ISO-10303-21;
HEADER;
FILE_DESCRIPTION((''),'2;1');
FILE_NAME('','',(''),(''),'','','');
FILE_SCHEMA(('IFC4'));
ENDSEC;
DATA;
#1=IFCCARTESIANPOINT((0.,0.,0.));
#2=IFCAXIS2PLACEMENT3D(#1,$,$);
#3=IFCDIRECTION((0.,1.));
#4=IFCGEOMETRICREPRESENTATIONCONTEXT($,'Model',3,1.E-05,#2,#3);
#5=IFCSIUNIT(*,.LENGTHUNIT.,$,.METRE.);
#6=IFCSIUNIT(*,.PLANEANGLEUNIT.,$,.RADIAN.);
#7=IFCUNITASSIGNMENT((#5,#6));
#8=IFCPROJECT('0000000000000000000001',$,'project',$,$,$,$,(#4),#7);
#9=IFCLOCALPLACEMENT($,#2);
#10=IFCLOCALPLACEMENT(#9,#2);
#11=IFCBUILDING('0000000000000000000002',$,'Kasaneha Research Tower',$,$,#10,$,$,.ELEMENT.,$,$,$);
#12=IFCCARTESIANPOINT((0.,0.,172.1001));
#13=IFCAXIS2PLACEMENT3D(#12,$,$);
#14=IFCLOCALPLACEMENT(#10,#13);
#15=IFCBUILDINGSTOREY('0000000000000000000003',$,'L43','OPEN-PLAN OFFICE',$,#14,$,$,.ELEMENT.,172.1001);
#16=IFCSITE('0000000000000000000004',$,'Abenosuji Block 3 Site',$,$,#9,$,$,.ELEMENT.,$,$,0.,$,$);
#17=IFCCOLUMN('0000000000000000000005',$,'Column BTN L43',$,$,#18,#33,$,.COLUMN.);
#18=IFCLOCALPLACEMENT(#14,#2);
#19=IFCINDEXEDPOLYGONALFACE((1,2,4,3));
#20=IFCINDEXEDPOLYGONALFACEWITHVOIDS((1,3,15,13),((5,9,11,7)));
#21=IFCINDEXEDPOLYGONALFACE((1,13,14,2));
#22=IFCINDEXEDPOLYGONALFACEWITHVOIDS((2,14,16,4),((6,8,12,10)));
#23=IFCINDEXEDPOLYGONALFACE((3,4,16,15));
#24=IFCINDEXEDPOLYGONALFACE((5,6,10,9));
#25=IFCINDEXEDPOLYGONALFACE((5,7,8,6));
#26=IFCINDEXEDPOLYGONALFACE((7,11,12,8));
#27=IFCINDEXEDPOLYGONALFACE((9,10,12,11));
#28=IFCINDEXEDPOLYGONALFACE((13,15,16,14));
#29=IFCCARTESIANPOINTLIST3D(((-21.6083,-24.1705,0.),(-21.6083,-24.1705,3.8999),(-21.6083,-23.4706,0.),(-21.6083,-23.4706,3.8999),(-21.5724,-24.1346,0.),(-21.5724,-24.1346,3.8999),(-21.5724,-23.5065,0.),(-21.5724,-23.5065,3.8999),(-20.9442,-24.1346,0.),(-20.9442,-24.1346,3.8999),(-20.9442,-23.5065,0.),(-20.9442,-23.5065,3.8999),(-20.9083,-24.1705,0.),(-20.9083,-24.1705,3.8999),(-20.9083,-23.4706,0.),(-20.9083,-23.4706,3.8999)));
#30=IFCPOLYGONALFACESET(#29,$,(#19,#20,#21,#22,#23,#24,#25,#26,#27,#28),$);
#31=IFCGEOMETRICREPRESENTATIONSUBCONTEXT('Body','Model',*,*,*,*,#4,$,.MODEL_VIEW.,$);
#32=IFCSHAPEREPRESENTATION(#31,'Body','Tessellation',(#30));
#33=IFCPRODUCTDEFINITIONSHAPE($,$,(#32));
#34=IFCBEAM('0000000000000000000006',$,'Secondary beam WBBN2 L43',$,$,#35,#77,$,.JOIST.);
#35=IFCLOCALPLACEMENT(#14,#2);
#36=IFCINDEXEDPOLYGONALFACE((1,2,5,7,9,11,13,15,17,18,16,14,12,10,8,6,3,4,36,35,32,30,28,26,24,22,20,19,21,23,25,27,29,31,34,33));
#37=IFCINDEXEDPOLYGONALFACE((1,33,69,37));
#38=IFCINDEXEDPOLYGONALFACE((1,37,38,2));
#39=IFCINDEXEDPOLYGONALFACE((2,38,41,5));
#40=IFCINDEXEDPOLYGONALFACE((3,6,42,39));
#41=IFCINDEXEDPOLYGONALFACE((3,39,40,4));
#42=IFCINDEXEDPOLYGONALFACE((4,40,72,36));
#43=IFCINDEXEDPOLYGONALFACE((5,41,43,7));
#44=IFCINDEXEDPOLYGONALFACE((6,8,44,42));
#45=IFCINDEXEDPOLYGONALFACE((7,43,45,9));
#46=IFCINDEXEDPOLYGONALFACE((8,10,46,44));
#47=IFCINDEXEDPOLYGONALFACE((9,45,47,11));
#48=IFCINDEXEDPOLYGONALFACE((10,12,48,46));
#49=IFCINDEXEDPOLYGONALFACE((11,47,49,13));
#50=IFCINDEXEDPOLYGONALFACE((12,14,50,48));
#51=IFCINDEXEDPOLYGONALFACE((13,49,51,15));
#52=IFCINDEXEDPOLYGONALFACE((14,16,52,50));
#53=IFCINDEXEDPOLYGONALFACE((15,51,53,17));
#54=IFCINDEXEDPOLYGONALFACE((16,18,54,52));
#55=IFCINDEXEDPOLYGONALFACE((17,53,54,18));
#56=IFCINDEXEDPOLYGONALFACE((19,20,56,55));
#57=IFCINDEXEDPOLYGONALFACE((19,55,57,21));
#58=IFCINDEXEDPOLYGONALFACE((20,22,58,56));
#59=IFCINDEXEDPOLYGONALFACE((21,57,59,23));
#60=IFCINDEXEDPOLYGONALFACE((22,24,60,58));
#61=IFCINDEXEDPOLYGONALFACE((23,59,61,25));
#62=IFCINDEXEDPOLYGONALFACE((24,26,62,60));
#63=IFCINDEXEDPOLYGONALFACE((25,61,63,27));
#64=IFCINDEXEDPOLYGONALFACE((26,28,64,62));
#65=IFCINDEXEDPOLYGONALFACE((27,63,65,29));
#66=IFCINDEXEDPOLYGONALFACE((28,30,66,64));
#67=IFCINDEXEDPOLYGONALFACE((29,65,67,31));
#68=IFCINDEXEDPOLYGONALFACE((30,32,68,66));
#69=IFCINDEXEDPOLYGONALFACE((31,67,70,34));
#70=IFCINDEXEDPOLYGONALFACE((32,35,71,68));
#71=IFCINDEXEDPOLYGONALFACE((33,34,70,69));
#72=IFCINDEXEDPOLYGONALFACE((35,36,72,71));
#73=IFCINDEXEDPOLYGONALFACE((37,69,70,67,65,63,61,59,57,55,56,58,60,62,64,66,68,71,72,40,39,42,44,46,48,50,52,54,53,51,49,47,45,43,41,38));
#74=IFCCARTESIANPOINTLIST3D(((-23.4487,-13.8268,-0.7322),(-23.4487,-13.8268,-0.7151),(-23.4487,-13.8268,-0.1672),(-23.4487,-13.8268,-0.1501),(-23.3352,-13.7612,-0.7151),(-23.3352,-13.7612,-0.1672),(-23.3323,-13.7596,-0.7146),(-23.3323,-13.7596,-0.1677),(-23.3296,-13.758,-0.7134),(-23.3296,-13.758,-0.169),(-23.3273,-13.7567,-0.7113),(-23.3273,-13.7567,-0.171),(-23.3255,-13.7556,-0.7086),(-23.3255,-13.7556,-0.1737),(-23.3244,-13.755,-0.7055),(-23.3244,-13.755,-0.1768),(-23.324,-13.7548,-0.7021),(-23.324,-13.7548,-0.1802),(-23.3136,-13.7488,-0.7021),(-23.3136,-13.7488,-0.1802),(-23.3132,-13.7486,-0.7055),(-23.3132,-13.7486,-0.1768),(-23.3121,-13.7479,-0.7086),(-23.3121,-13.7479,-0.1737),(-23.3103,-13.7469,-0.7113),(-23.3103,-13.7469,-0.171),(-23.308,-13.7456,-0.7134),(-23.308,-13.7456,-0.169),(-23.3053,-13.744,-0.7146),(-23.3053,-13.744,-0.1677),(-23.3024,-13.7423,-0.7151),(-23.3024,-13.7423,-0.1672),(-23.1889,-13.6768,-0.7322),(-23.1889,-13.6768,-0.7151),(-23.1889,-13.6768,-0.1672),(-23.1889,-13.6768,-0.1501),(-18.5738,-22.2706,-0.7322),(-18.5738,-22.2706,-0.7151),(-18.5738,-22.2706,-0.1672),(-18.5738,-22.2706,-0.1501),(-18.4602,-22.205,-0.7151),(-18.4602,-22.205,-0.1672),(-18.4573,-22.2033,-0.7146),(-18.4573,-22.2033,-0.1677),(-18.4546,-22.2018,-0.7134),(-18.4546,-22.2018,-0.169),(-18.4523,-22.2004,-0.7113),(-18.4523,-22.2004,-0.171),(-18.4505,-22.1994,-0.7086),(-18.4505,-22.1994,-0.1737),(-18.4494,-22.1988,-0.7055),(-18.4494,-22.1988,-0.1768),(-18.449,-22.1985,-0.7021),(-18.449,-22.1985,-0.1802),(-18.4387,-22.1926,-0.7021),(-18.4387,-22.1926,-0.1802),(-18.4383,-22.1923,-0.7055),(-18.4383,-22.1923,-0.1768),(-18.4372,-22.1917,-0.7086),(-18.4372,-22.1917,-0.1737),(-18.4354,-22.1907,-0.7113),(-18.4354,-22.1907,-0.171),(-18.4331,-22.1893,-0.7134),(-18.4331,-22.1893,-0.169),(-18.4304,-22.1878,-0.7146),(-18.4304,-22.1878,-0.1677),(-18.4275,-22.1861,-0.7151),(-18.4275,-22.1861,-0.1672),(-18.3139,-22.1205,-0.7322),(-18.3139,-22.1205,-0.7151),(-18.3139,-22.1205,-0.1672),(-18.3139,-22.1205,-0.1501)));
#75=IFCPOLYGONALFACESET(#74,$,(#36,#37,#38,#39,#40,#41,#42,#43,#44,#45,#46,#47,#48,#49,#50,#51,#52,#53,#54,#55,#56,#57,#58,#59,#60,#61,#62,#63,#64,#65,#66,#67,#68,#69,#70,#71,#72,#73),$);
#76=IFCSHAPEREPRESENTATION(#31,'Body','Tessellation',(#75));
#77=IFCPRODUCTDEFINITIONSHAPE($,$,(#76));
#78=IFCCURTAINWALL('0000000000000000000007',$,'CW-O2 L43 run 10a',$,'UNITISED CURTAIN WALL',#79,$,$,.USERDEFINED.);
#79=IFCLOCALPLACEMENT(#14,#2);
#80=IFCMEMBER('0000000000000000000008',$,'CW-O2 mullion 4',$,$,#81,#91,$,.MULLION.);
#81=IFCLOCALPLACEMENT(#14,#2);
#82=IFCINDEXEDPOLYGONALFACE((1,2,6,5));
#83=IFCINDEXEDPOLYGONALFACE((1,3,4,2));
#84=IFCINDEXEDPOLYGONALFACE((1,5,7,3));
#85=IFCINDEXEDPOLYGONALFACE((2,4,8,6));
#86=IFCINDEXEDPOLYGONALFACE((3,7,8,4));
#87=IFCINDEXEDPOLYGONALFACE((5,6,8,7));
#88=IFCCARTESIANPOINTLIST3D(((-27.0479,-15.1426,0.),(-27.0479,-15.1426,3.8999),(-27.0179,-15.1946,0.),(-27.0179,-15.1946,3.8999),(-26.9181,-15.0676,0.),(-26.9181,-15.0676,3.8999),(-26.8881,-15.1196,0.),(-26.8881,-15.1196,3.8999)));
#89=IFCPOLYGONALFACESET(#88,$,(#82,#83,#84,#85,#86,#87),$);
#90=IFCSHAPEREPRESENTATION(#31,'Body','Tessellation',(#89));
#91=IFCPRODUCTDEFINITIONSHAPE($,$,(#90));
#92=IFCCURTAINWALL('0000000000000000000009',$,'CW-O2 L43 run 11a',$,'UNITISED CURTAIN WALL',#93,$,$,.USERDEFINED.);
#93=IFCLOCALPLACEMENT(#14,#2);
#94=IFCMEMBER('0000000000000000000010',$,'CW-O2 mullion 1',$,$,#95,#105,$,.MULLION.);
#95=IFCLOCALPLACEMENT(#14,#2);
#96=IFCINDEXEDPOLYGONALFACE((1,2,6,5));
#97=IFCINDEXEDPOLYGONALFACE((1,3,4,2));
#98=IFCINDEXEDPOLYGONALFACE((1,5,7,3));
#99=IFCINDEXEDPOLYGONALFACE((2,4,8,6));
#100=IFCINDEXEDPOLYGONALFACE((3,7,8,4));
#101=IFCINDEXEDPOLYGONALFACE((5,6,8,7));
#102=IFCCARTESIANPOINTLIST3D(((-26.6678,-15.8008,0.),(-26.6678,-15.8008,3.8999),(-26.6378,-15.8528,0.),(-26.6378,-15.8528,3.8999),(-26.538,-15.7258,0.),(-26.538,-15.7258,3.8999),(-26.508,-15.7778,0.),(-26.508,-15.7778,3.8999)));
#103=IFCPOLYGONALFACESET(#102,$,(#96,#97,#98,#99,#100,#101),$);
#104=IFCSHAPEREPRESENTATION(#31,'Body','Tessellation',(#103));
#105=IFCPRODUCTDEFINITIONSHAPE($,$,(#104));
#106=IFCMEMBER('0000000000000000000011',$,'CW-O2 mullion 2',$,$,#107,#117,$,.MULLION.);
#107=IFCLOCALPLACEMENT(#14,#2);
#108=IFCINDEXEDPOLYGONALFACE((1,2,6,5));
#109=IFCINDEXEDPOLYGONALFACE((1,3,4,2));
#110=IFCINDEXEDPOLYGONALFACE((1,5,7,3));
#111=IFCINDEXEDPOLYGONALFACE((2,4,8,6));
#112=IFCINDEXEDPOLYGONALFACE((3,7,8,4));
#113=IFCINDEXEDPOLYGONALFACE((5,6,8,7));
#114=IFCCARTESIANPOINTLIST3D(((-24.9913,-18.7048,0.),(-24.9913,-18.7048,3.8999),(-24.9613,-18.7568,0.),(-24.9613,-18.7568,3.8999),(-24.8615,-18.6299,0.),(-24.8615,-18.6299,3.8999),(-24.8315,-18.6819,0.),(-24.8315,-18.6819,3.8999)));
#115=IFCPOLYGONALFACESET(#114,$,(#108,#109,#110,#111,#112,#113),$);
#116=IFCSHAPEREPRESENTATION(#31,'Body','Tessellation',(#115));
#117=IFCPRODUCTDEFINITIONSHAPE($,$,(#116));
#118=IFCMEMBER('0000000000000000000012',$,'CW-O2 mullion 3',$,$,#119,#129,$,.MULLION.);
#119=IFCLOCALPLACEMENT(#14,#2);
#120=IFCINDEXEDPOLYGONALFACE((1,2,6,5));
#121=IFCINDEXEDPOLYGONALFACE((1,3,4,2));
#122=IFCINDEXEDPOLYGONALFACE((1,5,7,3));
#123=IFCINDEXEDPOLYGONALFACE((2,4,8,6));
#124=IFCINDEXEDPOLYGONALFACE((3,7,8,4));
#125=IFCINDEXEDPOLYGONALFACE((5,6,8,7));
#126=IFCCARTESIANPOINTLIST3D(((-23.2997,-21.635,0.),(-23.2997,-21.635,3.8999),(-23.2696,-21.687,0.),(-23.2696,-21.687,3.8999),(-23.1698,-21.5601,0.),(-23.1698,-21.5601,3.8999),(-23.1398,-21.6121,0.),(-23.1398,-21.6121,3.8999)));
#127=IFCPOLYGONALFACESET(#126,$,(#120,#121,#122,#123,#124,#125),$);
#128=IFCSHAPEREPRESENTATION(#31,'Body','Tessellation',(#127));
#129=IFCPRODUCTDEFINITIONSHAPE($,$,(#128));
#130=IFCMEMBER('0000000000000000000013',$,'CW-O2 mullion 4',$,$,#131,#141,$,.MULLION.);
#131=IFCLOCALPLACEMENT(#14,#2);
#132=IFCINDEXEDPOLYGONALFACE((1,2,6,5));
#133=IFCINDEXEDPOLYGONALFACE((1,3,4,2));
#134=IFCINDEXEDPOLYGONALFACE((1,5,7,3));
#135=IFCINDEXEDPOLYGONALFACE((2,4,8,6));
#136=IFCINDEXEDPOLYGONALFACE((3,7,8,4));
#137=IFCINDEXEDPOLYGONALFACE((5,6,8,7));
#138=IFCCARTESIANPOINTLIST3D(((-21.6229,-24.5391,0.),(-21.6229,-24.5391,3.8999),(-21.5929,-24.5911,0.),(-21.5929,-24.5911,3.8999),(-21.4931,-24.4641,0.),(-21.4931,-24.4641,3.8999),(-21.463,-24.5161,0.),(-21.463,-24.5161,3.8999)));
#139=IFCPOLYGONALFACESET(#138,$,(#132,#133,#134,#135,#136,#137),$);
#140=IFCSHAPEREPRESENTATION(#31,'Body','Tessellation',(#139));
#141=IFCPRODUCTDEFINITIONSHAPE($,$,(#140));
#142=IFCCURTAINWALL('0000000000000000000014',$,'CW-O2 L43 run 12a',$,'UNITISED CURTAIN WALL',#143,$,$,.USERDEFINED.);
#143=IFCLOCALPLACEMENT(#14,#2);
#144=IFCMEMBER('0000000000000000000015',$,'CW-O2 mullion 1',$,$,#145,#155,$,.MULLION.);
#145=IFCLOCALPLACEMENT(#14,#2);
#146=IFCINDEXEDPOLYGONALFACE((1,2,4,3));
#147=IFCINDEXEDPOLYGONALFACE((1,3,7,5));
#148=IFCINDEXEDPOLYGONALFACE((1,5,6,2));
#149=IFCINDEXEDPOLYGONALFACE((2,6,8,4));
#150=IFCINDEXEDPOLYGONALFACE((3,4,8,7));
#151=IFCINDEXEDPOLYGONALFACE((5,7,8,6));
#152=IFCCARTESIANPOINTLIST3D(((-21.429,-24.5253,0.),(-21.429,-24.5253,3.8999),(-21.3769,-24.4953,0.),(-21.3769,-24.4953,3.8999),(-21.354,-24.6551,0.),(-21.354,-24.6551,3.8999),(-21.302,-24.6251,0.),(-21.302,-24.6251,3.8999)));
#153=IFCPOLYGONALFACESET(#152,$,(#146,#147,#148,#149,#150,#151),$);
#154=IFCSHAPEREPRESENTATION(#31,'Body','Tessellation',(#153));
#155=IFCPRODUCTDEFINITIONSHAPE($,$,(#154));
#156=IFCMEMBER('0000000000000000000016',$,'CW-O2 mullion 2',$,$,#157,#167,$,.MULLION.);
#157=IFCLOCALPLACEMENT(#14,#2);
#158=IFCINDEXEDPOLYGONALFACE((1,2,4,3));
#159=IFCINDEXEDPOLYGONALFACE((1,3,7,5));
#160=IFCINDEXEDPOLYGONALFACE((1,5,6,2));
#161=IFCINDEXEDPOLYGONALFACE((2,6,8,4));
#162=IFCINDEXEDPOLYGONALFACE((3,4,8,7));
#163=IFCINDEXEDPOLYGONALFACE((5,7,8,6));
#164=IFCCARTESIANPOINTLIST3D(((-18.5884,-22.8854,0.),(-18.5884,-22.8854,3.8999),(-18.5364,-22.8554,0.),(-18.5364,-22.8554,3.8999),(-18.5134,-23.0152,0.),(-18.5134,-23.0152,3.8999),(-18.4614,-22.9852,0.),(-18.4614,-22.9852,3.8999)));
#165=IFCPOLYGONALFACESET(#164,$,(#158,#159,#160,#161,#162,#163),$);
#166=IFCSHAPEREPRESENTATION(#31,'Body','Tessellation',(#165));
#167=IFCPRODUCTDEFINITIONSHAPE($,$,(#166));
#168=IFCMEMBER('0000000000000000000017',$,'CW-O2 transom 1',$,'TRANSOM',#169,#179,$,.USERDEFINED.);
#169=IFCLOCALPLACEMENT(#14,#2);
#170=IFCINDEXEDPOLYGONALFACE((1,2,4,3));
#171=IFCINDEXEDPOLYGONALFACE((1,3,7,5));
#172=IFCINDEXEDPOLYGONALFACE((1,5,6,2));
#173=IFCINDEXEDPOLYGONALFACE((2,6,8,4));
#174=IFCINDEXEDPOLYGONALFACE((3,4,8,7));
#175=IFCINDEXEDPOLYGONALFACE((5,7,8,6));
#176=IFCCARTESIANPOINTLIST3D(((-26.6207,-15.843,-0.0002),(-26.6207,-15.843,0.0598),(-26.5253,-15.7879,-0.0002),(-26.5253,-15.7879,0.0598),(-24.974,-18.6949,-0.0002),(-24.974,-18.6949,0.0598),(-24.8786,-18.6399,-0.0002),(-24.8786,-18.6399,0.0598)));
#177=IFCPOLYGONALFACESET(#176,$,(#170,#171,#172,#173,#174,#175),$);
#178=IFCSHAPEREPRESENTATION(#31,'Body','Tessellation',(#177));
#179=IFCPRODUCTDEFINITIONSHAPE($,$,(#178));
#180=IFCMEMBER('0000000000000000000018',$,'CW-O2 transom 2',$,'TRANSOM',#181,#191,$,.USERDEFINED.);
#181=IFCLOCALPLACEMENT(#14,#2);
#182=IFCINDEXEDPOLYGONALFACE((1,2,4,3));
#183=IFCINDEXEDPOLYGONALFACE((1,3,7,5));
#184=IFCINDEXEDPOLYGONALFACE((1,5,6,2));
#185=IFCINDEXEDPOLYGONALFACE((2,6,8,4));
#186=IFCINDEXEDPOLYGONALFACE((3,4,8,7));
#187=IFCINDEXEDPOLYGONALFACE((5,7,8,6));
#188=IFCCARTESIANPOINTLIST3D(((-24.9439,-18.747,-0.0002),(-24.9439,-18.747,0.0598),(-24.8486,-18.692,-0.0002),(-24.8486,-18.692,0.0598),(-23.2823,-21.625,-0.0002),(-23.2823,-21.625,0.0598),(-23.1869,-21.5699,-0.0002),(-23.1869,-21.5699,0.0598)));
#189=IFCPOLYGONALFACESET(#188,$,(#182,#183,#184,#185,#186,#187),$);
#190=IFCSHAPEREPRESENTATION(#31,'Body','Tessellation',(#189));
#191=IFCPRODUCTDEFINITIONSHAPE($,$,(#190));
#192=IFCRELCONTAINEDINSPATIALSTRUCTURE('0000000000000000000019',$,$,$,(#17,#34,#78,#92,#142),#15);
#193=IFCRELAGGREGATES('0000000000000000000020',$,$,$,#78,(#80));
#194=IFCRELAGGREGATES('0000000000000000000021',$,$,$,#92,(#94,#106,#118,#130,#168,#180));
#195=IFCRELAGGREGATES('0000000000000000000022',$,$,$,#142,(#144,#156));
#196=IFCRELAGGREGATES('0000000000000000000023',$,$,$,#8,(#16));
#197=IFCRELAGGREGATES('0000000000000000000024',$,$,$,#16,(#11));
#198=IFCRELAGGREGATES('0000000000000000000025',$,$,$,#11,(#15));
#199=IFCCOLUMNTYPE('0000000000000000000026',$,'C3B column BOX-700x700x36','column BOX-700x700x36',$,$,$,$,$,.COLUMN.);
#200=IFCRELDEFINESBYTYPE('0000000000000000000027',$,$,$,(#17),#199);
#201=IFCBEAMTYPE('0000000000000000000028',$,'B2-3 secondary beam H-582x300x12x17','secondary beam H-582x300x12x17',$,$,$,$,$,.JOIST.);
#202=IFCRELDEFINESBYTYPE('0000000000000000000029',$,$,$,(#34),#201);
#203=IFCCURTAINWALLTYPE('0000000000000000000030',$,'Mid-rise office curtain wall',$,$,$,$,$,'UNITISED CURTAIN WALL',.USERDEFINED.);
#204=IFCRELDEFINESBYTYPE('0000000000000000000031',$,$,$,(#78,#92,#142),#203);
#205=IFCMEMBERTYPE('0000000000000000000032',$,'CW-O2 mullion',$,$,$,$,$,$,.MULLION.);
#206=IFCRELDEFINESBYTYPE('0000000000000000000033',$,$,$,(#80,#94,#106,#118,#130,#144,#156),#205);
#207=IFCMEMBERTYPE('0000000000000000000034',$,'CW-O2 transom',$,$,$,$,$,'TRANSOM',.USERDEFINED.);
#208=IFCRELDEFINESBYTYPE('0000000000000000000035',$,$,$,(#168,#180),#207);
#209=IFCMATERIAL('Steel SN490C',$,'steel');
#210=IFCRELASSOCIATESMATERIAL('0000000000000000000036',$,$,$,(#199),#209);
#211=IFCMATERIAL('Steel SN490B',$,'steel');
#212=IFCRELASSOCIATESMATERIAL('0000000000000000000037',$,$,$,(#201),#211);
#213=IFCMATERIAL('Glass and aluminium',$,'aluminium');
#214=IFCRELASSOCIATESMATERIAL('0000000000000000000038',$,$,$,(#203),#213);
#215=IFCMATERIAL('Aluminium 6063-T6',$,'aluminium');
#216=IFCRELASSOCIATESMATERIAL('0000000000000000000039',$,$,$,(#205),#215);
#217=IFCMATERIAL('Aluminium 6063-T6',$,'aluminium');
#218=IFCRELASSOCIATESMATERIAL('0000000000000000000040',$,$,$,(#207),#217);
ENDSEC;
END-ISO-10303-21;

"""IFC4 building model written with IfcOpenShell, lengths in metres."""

from ifc_helpers import new_model, si_unit, direction, frame, origin, origin_2d, place, context, subcontext, project, spatial, rectangle, hollow_rectangle, i_section, extrude, material, material_profile, profile_set, type_object, element, aggregate, save


model = new_model("IFC4")

# Units and contexts
model_context = context("Model", 3, precision=1e-05, world=origin(), true_north=direction((0.0, 1.0)))
body_context = subcontext(model_context, "Body", "Model", "MODEL_VIEW")
ifc_project = project(units=[si_unit("LENGTHUNIT", "METRE"), si_unit("PLANEANGLEUNIT", "RADIAN")], contexts=[model_context])

# Site, building, storey
site_placement = place(None, origin())
site = spatial("IfcSite", under=ifc_project, at=site_placement, Name="Abenosuji Block 3 Site", CompositionType="ELEMENT", RefElevation=0.0)
building_placement = place(site_placement, origin())
building = spatial("IfcBuilding", under=site, at=building_placement, Name="Kasaneha Research Tower", CompositionType="ELEMENT")
storey_placement = place(building_placement, frame((0.0, 0.0, 172.1001)))
storey = spatial("IfcBuildingStorey", under=building, at=storey_placement, Name="L43", Description="OPEN-PLAN OFFICE", CompositionType="ELEMENT", Elevation=172.1001)

# Column
ifc_material_1 = material(Name="Steel SN490C", Category="steel")
ifc_material_profile_1 = material_profile(ifc_material_1, hollow_rectangle(XDim=0.7, YDim=0.7, WallThickness=0.0359, at=origin_2d()), Name="BOX-700x700x36")
ifc_profile_set_1 = profile_set([ifc_material_profile_1], Name="Steel SN490C")
column_type = type_object("IfcColumnType", Name="C3B column BOX-700x700x36", Description="column BOX-700x700x36", PredefinedType="COLUMN", material=ifc_profile_set_1)
column_placement = place(storey_placement, frame((-21.2583, -23.8206, 0.0), z_axis=(0.0, 0.0, 1.0), x_axis=(1.0, 0.0, 0.0)))
element("IfcColumn", 1, at=column_placement, inside=storey, type_object=column_type, Name="Column BTN L43", PredefinedType="COLUMN", context=body_context, shape_type="SweptSolid", body=[
    extrude(hollow_rectangle(XDim=0.7, YDim=0.7, WallThickness=0.0359, at=origin_2d()), origin(), (0.0, 0.0, 1.0), 3.8999),
])

# Beam
ifc_material_2 = material(Name="Steel SN490B", Category="steel")
ifc_material_profile_2 = material_profile(ifc_material_2, i_section(OverallWidth=0.3, OverallDepth=0.582, WebThickness=0.012, FlangeThickness=0.0171, FilletRadius=0.0129, at=origin_2d()), Name="H-582x300x12x17")
ifc_profile_set_2 = profile_set([ifc_material_profile_2], Name="Steel SN490B")
beam_type_1 = type_object("IfcBeamType", Name="B2-3 secondary beam H-582x300x12x17", Description="secondary beam H-582x300x12x17", PredefinedType="JOIST", material=ifc_profile_set_2)
beam_1_placement = place(storey_placement, frame((-18.4438, -22.1956, -0.4412), z_axis=(-0.499996, 0.866028, 0.0), x_axis=(-0.866028, -0.499996, 0.0)))
element("IfcBeam", 2, at=beam_1_placement, inside=storey, type_object=beam_type_1, Name="Secondary beam WBBN2 L43", PredefinedType="JOIST", context=body_context, shape_type="SweptSolid", body=[
    extrude(i_section(OverallWidth=0.3, OverallDepth=0.582, WebThickness=0.012, FlangeThickness=0.0171, FilletRadius=0.0129, at=origin_2d()), origin(), (0.0, 0.0, 1.0), 9.75),
])

# Curtain wall, member
ifc_material_3 = material(Name="Glass and aluminium", Category="aluminium")
curtain_wall_type = type_object("IfcCurtainWallType", Name="Mid-rise office curtain wall", ElementType="UNITISED CURTAIN WALL", PredefinedType="USERDEFINED", material=ifc_material_3)
curtain_wall_1_placement = place(storey_placement, origin())
curtain_wall_1 = element("IfcCurtainWall", 3, at=curtain_wall_1_placement, inside=storey, type_object=curtain_wall_type, Name="CW-O2 L43 run 10a", ObjectType="UNITISED CURTAIN WALL", PredefinedType="USERDEFINED")
ifc_material_4 = material(Name="Aluminium 6063-T6", Category="aluminium")
ifc_material_profile_3 = material_profile(ifc_material_4, rectangle(XDim=0.0601, YDim=0.1499, at=origin_2d()), Name="CW-O2 mullion 60x150")
ifc_profile_set_3 = profile_set([ifc_material_profile_3], Name="Aluminium 6063-T6")
member_type_1 = type_object("IfcMemberType", Name="CW-O2 mullion", PredefinedType="MULLION", material=ifc_profile_set_3)
member_1_placement = place(storey_placement, frame((-26.968, -15.1311, 0.0), z_axis=(0.0, 0.0, 1.0), x_axis=(0.5, -0.866025, 0.0)))
member_1 = element("IfcMember", 4, at=member_1_placement, type_object=member_type_1, Name="CW-O2 mullion 4", PredefinedType="MULLION", context=body_context, shape_type="SweptSolid", body=[
    extrude(rectangle(XDim=0.0601, YDim=0.1499, at=origin_2d()), origin(), (0.0, 0.0, 1.0), 3.8999),
])
aggregate(curtain_wall_1, [member_1])

# Curtain walls, members
curtain_wall_2_placement = place(storey_placement, origin())
curtain_wall_2 = element("IfcCurtainWall", 5, at=curtain_wall_2_placement, inside=storey, type_object=curtain_wall_type, Name="CW-O2 L43 run 11a", ObjectType="UNITISED CURTAIN WALL", PredefinedType="USERDEFINED")
member_2_placement = place(storey_placement, frame((-26.5879, -15.7893, 0.0), z_axis=(0.0, 0.0, 1.0), x_axis=(0.5, -0.866025, 0.0)))
member_2 = element("IfcMember", 6, at=member_2_placement, type_object=member_type_1, Name="CW-O2 mullion 1", PredefinedType="MULLION", context=body_context, shape_type="SweptSolid", body=[
    extrude(rectangle(XDim=0.0601, YDim=0.1499, at=origin_2d()), origin(), (0.0, 0.0, 1.0), 3.8999),
])
member_3_placement = place(storey_placement, frame((-24.9114, -18.6934, 0.0), z_axis=(0.0, 0.0, 1.0), x_axis=(0.5, -0.866025, 0.0)))
member_3 = element("IfcMember", 7, at=member_3_placement, type_object=member_type_1, Name="CW-O2 mullion 2", PredefinedType="MULLION", context=body_context, shape_type="SweptSolid", body=[
    extrude(rectangle(XDim=0.0601, YDim=0.1499, at=origin_2d()), origin(), (0.0, 0.0, 1.0), 3.8999),
])
member_4_placement = place(storey_placement, frame((-23.2197, -21.6235, 0.0), z_axis=(0.0, 0.0, 1.0), x_axis=(0.5, -0.866025, 0.0)))
member_4 = element("IfcMember", 8, at=member_4_placement, type_object=member_type_1, Name="CW-O2 mullion 3", PredefinedType="MULLION", context=body_context, shape_type="SweptSolid", body=[
    extrude(rectangle(XDim=0.0601, YDim=0.1499, at=origin_2d()), origin(), (0.0, 0.0, 1.0), 3.8999),
])
member_5_placement = place(storey_placement, frame((-21.543, -24.5276, 0.0), z_axis=(0.0, 0.0, 1.0), x_axis=(0.5, -0.866025, 0.0)))
member_5 = element("IfcMember", 9, at=member_5_placement, type_object=member_type_1, Name="CW-O2 mullion 4", PredefinedType="MULLION", context=body_context, shape_type="SweptSolid", body=[
    extrude(rectangle(XDim=0.0601, YDim=0.1499, at=origin_2d()), origin(), (0.0, 0.0, 1.0), 3.8999),
])
curtain_wall_3_placement = place(storey_placement, origin())
curtain_wall_3 = element("IfcCurtainWall", 10, at=curtain_wall_3_placement, inside=storey, type_object=curtain_wall_type, Name="CW-O2 L43 run 12a", ObjectType="UNITISED CURTAIN WALL", PredefinedType="USERDEFINED")
member_6_placement = place(storey_placement, frame((-21.3655, -24.5752, 0.0), z_axis=(0.0, 0.0, 1.0), x_axis=(0.866025, 0.5, 0.0)))
member_6 = element("IfcMember", 11, at=member_6_placement, type_object=member_type_1, Name="CW-O2 mullion 1", PredefinedType="MULLION", context=body_context, shape_type="SweptSolid", body=[
    extrude(rectangle(XDim=0.0601, YDim=0.1499, at=origin_2d()), origin(), (0.0, 0.0, 1.0), 3.8999),
])
member_7_placement = place(storey_placement, frame((-18.5249, -22.9353, 0.0), z_axis=(0.0, 0.0, 1.0), x_axis=(0.866025, 0.5, 0.0)))
member_7 = element("IfcMember", 12, at=member_7_placement, type_object=member_type_1, Name="CW-O2 mullion 2", PredefinedType="MULLION", context=body_context, shape_type="SweptSolid", body=[
    extrude(rectangle(XDim=0.0601, YDim=0.1499, at=origin_2d()), origin(), (0.0, 0.0, 1.0), 3.8999),
])

# Members
ifc_material_5 = material(Name="Aluminium 6063-T6", Category="aluminium")
ifc_material_profile_4 = material_profile(ifc_material_5, rectangle(XDim=0.1101, YDim=0.0601, at=origin_2d()), Name="CW-O2 transom 110x60")
ifc_profile_set_4 = profile_set([ifc_material_profile_4], Name="Aluminium 6063-T6")
member_type_2 = type_object("IfcMemberType", Name="CW-O2 transom", ElementType="TRANSOM", PredefinedType="USERDEFINED", material=ifc_profile_set_4)
member_8_placement = place(storey_placement, frame((-26.573, -15.8154, 0.0298), z_axis=(0.500022, -0.866013, 0.0), x_axis=(0.866013, 0.500022, 0.0)))
member_8 = element("IfcMember", 13, at=member_8_placement, type_object=member_type_2, Name="CW-O2 transom 1", ObjectType="TRANSOM", PredefinedType="USERDEFINED", context=body_context, shape_type="SweptSolid", body=[
    extrude(rectangle(XDim=0.1101, YDim=0.0601, at=origin_2d()), origin(), (0.0, 0.0, 1.0), 3.2932),
])
member_9_placement = place(storey_placement, frame((-24.8962, -18.7195, 0.0298), z_axis=(0.500011, -0.866019, 0.0), x_axis=(0.866019, 0.500011, 0.0)))
member_9 = element("IfcMember", 14, at=member_9_placement, type_object=member_type_2, Name="CW-O2 transom 2", ObjectType="TRANSOM", PredefinedType="USERDEFINED", context=body_context, shape_type="SweptSolid", body=[
    extrude(rectangle(XDim=0.1101, YDim=0.0601, at=origin_2d()), origin(), (0.0, 0.0, 1.0), 3.3232),
])

aggregate(curtain_wall_2, [member_2, member_3, member_4, member_5, member_8, member_9])
aggregate(curtain_wall_3, [member_6, member_7])

save(model, "model.ifc")
